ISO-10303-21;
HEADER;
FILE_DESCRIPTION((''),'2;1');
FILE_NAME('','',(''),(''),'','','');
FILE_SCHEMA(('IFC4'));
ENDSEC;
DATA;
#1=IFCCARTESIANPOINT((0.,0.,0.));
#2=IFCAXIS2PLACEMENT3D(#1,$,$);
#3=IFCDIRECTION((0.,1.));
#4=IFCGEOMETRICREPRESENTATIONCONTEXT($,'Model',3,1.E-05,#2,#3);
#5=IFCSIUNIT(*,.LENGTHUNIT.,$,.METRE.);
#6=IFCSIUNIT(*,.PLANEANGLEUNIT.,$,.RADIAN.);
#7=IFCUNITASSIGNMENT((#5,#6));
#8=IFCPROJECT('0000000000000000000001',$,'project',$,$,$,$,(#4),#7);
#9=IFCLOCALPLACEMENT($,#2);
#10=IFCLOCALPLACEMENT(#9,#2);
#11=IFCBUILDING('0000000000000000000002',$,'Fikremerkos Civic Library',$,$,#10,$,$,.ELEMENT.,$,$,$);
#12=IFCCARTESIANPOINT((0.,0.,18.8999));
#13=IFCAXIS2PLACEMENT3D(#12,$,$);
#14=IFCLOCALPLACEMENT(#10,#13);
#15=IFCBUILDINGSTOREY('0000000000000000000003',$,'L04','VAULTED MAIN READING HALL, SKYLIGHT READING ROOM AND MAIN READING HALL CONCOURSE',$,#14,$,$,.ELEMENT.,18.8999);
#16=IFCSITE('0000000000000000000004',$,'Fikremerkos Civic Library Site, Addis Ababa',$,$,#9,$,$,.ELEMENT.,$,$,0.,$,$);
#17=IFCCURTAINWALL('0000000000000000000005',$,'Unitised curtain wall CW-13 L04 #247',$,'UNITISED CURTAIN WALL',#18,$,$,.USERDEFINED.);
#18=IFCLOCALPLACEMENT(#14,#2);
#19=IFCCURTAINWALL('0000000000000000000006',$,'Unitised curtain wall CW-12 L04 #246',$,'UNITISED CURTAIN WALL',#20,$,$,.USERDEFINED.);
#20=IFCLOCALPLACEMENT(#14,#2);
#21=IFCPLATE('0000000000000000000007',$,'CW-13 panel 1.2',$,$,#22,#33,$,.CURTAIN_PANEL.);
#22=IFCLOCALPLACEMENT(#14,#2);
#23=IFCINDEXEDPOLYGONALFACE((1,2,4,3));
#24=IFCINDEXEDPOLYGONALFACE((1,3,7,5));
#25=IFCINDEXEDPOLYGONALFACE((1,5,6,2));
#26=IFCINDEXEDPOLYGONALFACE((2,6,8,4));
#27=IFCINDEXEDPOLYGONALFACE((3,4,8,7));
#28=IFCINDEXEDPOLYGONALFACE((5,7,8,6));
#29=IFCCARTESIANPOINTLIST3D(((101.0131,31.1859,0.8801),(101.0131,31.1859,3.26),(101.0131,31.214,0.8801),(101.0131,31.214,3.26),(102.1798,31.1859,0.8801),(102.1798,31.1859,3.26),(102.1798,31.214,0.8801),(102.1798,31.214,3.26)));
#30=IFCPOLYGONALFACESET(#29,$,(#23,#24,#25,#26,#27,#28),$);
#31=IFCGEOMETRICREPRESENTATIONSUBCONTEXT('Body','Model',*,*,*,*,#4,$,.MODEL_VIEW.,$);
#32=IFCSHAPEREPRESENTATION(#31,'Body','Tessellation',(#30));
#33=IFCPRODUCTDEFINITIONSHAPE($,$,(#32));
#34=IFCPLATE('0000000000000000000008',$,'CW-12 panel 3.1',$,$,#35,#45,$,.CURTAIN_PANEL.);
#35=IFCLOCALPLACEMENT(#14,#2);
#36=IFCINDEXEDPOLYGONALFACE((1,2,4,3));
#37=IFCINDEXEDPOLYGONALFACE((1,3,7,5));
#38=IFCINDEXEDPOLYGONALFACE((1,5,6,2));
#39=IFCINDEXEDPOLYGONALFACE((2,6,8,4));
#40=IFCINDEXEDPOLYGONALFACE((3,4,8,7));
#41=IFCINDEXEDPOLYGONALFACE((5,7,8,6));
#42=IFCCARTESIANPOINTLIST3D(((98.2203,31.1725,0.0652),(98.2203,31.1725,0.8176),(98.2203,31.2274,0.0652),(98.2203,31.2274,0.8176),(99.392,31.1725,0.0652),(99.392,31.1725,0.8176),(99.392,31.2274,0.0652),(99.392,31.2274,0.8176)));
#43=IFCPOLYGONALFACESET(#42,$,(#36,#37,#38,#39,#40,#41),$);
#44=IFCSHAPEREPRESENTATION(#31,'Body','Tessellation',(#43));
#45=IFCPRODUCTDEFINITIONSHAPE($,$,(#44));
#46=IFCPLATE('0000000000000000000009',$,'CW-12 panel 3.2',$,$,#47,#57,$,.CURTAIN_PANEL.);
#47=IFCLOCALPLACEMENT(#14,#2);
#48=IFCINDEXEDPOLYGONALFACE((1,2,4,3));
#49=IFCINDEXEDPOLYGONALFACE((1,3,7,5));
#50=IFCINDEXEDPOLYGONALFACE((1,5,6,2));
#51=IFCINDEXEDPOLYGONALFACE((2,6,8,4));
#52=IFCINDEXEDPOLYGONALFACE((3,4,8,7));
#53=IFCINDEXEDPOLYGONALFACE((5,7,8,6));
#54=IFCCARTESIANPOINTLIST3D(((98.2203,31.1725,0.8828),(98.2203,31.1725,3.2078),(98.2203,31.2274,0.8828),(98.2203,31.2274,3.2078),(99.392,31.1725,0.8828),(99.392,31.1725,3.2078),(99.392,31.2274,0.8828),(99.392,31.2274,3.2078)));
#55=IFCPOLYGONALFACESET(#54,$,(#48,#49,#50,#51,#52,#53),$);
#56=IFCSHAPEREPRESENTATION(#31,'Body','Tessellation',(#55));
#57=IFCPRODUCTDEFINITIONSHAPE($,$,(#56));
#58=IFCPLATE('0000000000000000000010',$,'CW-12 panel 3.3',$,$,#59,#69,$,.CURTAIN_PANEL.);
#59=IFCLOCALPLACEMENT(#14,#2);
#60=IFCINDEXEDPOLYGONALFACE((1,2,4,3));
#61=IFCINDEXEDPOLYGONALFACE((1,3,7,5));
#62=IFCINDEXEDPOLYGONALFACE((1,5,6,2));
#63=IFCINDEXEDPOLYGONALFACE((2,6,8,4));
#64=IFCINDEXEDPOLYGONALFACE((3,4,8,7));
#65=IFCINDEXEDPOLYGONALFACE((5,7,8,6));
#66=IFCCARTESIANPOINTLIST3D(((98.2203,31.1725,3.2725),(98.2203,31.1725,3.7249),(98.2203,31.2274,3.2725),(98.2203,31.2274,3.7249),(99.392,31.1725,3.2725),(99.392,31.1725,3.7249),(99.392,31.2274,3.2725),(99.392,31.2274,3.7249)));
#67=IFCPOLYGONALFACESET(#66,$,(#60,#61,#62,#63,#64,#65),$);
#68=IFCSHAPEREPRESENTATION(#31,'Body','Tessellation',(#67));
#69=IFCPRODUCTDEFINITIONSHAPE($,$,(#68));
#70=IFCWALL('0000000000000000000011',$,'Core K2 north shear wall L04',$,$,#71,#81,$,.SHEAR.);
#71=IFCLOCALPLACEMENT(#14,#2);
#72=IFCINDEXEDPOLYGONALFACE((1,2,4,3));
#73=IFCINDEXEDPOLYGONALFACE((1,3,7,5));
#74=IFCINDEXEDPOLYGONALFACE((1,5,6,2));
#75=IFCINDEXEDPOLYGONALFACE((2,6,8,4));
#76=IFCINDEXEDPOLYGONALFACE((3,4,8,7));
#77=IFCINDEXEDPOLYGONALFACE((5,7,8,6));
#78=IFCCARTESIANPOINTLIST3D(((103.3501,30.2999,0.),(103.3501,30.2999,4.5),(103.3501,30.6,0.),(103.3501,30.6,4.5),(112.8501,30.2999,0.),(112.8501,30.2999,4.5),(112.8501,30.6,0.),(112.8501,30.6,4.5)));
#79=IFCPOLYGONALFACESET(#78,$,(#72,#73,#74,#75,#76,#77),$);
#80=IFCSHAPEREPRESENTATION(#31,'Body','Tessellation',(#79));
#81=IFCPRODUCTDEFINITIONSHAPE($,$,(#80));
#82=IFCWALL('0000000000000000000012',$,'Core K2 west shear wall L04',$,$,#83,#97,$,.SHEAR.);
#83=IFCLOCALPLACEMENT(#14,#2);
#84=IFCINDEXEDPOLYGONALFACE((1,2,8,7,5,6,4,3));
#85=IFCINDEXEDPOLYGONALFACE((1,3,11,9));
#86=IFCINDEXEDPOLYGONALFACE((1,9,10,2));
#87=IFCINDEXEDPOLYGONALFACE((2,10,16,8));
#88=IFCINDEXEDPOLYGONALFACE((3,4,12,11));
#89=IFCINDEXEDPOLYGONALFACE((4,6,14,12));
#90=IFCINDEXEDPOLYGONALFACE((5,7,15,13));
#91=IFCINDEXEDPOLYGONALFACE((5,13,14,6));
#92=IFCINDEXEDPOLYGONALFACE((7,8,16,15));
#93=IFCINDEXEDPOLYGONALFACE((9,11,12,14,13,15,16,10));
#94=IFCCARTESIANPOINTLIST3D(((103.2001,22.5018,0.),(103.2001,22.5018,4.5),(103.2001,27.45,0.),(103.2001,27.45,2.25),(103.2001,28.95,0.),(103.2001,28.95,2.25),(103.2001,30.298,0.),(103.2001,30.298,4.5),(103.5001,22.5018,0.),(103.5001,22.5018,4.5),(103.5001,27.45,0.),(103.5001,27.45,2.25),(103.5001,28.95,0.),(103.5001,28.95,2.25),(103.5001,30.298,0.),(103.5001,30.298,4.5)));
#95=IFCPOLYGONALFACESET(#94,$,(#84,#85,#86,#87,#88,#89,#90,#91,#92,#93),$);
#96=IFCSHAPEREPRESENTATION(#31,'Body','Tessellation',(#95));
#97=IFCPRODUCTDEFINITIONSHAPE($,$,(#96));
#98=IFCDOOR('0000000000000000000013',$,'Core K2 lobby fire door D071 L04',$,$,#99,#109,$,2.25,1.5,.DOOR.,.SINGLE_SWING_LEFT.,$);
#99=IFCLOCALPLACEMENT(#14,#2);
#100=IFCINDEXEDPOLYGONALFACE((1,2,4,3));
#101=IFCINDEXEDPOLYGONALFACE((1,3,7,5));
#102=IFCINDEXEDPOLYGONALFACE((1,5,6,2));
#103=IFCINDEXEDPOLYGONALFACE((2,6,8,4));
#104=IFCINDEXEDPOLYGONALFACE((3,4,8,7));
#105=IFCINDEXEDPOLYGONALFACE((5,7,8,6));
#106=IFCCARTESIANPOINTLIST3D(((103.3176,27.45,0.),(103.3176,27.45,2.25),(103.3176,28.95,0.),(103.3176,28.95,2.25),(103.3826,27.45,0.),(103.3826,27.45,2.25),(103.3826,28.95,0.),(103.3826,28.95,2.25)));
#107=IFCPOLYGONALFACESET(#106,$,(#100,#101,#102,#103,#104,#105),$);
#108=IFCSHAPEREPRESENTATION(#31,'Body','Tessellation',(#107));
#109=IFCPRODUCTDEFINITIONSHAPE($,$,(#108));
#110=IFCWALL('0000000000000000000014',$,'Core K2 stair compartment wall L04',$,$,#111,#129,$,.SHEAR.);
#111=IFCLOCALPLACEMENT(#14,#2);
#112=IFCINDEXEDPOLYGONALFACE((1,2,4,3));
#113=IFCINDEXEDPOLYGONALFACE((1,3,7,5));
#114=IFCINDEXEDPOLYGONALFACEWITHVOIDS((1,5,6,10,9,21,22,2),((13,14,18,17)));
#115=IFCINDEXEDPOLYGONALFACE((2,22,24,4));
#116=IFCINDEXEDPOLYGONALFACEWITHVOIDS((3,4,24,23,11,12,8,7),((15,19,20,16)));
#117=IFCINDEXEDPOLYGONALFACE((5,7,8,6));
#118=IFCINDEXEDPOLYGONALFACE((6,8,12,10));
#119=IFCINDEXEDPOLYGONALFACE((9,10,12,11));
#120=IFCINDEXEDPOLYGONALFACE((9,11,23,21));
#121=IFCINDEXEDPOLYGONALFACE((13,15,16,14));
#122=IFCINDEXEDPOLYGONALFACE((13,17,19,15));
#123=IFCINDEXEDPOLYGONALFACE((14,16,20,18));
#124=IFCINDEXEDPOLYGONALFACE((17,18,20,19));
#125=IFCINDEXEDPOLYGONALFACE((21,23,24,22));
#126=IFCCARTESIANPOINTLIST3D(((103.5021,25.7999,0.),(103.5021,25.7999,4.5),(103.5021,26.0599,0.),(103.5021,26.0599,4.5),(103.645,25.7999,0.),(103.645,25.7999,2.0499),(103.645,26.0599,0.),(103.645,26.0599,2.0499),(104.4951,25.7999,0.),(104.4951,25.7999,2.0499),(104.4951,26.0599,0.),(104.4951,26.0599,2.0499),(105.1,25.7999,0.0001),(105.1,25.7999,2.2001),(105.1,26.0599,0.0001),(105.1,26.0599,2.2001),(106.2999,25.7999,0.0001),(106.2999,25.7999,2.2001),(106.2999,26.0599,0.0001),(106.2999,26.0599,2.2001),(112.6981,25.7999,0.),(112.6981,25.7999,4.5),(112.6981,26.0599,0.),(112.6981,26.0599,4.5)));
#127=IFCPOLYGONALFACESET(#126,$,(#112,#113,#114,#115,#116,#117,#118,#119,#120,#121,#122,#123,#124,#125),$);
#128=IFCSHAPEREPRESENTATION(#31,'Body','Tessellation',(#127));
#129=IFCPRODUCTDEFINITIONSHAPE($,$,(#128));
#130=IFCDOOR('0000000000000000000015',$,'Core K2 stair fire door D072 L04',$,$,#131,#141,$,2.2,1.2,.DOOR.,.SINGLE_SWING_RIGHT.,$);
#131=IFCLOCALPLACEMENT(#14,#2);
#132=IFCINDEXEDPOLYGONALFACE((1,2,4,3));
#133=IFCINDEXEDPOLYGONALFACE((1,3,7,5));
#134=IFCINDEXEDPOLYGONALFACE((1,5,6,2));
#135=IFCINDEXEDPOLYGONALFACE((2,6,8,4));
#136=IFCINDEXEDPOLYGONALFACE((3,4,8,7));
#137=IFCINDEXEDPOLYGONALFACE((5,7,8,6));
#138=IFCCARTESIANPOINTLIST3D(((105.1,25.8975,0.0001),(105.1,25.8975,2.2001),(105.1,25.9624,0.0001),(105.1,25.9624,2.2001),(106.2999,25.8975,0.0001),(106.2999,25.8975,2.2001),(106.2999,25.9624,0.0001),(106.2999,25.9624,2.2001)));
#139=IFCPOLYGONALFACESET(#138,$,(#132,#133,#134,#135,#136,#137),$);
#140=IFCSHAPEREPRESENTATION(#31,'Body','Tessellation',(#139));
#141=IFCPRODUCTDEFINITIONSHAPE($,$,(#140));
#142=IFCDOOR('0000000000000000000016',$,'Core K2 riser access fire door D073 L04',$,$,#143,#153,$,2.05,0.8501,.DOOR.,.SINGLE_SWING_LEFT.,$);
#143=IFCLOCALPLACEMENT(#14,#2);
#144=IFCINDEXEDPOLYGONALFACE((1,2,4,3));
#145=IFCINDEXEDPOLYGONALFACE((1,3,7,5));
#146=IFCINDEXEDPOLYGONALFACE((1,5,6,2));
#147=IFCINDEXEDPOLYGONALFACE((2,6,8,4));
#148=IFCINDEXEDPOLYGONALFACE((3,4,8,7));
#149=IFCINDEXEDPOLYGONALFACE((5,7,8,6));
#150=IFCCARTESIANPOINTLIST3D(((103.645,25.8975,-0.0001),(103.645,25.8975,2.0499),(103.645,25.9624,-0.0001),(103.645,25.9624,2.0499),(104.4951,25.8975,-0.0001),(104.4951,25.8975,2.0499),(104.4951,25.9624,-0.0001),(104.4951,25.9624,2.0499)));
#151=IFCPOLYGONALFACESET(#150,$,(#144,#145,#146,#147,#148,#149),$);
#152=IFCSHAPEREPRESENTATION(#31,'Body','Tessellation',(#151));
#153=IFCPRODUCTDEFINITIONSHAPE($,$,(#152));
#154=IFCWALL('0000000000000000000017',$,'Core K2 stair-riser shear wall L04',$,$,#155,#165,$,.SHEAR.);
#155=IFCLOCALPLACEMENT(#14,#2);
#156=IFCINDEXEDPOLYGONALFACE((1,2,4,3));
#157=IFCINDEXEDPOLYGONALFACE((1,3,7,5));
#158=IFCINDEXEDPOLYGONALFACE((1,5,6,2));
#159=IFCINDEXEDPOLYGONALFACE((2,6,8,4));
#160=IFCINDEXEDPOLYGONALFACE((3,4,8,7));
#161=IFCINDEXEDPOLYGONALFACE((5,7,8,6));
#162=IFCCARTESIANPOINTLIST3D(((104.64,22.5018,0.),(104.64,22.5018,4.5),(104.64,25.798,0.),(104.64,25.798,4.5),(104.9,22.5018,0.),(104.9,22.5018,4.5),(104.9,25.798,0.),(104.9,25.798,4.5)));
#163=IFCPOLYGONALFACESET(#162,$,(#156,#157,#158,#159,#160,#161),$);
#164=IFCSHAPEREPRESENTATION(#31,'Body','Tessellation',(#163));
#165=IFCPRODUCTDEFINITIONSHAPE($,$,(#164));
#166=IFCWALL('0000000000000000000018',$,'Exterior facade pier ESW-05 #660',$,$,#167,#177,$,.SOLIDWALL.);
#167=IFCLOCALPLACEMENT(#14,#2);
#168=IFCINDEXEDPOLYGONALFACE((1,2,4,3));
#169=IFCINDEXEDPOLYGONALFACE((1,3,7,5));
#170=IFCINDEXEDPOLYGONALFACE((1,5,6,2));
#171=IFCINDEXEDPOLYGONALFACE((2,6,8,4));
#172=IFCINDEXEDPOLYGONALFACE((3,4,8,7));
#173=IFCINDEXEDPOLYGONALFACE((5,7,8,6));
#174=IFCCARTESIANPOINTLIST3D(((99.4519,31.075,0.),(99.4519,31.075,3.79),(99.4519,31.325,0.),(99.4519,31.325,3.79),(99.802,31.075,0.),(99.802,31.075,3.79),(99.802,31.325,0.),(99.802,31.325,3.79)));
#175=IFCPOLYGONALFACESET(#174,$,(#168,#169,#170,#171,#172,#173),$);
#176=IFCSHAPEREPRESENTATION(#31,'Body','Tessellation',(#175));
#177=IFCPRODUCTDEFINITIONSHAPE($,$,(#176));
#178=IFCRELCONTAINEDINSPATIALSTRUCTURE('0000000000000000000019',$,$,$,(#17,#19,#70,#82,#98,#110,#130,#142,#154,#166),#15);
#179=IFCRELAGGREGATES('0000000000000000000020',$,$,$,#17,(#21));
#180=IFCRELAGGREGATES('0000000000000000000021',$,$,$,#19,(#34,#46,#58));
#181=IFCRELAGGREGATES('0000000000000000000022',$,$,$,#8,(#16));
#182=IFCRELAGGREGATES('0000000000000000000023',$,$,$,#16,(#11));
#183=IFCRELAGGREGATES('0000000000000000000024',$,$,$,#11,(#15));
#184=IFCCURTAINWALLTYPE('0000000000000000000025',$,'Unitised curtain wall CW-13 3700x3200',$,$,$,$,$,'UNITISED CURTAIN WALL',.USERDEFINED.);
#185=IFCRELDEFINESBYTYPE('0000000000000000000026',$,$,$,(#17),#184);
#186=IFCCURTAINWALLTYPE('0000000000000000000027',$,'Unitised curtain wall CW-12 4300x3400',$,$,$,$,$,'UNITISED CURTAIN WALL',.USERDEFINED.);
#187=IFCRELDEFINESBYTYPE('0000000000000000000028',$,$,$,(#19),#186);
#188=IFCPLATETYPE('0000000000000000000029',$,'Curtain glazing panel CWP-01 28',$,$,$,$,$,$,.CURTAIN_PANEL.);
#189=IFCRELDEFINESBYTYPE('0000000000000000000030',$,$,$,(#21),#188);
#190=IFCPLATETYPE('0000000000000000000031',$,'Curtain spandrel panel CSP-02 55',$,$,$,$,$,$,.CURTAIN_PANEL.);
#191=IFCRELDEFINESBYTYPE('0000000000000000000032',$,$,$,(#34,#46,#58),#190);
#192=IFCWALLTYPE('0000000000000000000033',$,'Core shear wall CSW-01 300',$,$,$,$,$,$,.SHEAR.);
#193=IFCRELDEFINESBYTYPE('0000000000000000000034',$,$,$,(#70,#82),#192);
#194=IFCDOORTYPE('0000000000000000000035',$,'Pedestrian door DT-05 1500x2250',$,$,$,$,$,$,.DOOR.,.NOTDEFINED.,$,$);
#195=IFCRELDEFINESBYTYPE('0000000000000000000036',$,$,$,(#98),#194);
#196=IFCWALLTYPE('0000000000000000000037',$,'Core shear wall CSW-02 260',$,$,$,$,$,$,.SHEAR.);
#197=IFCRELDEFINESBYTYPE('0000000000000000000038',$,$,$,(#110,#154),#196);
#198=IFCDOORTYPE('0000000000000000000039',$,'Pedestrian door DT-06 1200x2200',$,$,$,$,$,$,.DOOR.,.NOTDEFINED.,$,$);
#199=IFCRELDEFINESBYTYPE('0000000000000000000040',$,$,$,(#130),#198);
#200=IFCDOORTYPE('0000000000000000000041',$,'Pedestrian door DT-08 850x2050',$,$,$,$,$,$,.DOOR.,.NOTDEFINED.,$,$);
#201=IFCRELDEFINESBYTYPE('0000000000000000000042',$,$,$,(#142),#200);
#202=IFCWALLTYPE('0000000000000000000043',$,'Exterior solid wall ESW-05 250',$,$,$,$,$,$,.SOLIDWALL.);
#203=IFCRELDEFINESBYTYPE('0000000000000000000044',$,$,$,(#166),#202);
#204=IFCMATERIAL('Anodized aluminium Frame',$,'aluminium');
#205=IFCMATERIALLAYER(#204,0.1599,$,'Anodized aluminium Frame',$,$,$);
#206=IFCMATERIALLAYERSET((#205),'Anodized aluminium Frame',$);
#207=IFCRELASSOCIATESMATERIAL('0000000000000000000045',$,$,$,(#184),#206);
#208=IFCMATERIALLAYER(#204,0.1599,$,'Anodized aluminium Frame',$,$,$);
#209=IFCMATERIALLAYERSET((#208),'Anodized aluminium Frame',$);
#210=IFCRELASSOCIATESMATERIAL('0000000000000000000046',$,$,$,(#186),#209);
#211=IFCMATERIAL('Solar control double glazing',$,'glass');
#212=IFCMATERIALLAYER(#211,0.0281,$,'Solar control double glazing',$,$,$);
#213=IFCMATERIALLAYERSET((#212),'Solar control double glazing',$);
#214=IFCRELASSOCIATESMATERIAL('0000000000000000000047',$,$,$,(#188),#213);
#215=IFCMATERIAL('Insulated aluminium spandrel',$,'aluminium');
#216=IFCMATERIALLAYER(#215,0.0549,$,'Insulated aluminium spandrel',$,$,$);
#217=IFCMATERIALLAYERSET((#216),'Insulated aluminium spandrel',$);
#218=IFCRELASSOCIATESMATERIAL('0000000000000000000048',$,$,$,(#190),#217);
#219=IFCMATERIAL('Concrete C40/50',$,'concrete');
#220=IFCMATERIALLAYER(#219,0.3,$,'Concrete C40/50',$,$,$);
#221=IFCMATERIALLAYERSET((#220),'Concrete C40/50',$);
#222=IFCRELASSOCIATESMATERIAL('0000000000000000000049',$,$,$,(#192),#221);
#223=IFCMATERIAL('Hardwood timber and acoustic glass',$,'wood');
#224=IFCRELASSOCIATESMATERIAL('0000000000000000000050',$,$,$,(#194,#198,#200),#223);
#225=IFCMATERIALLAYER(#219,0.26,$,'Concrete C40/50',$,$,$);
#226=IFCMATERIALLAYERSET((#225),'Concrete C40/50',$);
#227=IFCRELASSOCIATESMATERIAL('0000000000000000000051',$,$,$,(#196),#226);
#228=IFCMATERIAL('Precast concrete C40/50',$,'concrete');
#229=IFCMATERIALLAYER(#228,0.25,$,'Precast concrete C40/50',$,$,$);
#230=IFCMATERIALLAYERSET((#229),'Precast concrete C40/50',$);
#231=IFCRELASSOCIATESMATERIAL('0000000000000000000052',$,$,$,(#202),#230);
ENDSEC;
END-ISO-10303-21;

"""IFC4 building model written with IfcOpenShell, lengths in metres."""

from ifc_helpers import new_model, si_unit, direction, frame, frame_2d, origin, origin_2d, place, context, subcontext, project, spatial, rectangle, extrude, material, layer, layer_set, type_object, element, fill, aggregate, save


model = new_model("IFC4")

# Units and contexts
model_context = context("Model", 3, precision=1e-05, world=origin(), true_north=direction((0.0, 1.0)))
body_context = subcontext(model_context, "Body", "Model", "MODEL_VIEW")
ifc_project = project(units=[si_unit("LENGTHUNIT", "METRE"), si_unit("PLANEANGLEUNIT", "RADIAN")], contexts=[model_context])

# Site, building, storey
site_placement = place(None, origin())
site = spatial("IfcSite", under=ifc_project, at=site_placement, Name="Fikremerkos Civic Library Site, Addis Ababa", CompositionType="ELEMENT", RefElevation=0.0)
building_placement = place(site_placement, origin())
building = spatial("IfcBuilding", under=site, at=building_placement, Name="Fikremerkos Civic Library", CompositionType="ELEMENT")
storey_placement = place(building_placement, frame((0.0, 0.0, 18.8999)))
storey = spatial("IfcBuildingStorey", under=building, at=storey_placement, Name="L04", Description="VAULTED MAIN READING HALL, SKYLIGHT READING ROOM AND MAIN READING HALL CONCOURSE", CompositionType="ELEMENT", Elevation=18.8999)

# Shared definitions
ifc_material_1 = material(Name="Concrete C40/50", Category="concrete")

# Curtain walls
ifc_material_2 = material(Name="Anodized aluminium Frame", Category="aluminium")
ifc_layer_1 = layer(ifc_material_2, 0.1599, Name="Anodized aluminium Frame")
ifc_layer_set_1 = layer_set([ifc_layer_1], Name="Anodized aluminium Frame")
curtain_wall_type_1 = type_object("IfcCurtainWallType", Name="Unitised curtain wall CW-13 3700x3200", ElementType="UNITISED CURTAIN WALL", PredefinedType="USERDEFINED", material=ifc_layer_set_1)
curtain_wall_1_placement = place(storey_placement, origin())
curtain_wall_1 = element("IfcCurtainWall", 1, at=curtain_wall_1_placement, inside=storey, type_object=curtain_wall_type_1, Name="Unitised curtain wall CW-13 L04 #247", ObjectType="UNITISED CURTAIN WALL", PredefinedType="USERDEFINED")
ifc_layer_2 = layer(ifc_material_2, 0.1599, Name="Anodized aluminium Frame")
ifc_layer_set_2 = layer_set([ifc_layer_2], Name="Anodized aluminium Frame")
curtain_wall_type_2 = type_object("IfcCurtainWallType", Name="Unitised curtain wall CW-12 4300x3400", ElementType="UNITISED CURTAIN WALL", PredefinedType="USERDEFINED", material=ifc_layer_set_2)
curtain_wall_2_placement = place(storey_placement, origin())
curtain_wall_2 = element("IfcCurtainWall", 2, at=curtain_wall_2_placement, inside=storey, type_object=curtain_wall_type_2, Name="Unitised curtain wall CW-12 L04 #246", ObjectType="UNITISED CURTAIN WALL", PredefinedType="USERDEFINED")

# Plates
ifc_material_3 = material(Name="Solar control double glazing", Category="glass")
ifc_layer_3 = layer(ifc_material_3, 0.0281, Name="Solar control double glazing")
ifc_layer_set_3 = layer_set([ifc_layer_3], Name="Solar control double glazing")
plate_type_1 = type_object("IfcPlateType", Name="Curtain glazing panel CWP-01 28", PredefinedType="CURTAIN_PANEL", material=ifc_layer_set_3)
plate_1_placement = place(storey_placement, frame((101.5964, 31.2, 0.8801), z_axis=(0.0, 0.0, 1.0), x_axis=(1.0, 0.0, 0.0)))
plate_1 = element("IfcPlate", 3, at=plate_1_placement, type_object=plate_type_1, Name="CW-13 panel 1.2", PredefinedType="CURTAIN_PANEL", context=body_context, shape_type="SweptSolid", body=[
    extrude(rectangle(XDim=1.1667, YDim=0.0281, at=origin_2d()), origin(), (0.0, 0.0, 1.0), 2.3799),
])
aggregate(curtain_wall_1, [plate_1])
ifc_material_4 = material(Name="Insulated aluminium spandrel", Category="aluminium")
ifc_layer_4 = layer(ifc_material_4, 0.0549, Name="Insulated aluminium spandrel")
ifc_layer_set_4 = layer_set([ifc_layer_4], Name="Insulated aluminium spandrel")
plate_type_2 = type_object("IfcPlateType", Name="Curtain spandrel panel CSP-02 55", PredefinedType="CURTAIN_PANEL", material=ifc_layer_set_4)
plate_2_placement = place(storey_placement, frame((98.8062, 31.2, 0.0652), z_axis=(0.0, 0.0, 1.0), x_axis=(1.0, 0.0, 0.0)))
plate_2 = element("IfcPlate", 4, at=plate_2_placement, type_object=plate_type_2, Name="CW-12 panel 3.1", PredefinedType="CURTAIN_PANEL", context=body_context, shape_type="SweptSolid", body=[
    extrude(rectangle(XDim=1.1716, YDim=0.0549, at=origin_2d()), origin(), (0.0, 0.0, 1.0), 0.7524),
])
plate_3_placement = place(storey_placement, frame((98.8062, 31.2, 0.8828), z_axis=(0.0, 0.0, 1.0), x_axis=(1.0, 0.0, 0.0)))
plate_3 = element("IfcPlate", 5, at=plate_3_placement, type_object=plate_type_2, Name="CW-12 panel 3.2", PredefinedType="CURTAIN_PANEL", context=body_context, shape_type="SweptSolid", body=[
    extrude(rectangle(XDim=1.1716, YDim=0.0549, at=origin_2d()), origin(), (0.0, 0.0, 1.0), 2.325),
])
plate_4_placement = place(storey_placement, frame((98.8062, 31.2, 3.2725), z_axis=(0.0, 0.0, 1.0), x_axis=(1.0, 0.0, 0.0)))
plate_4 = element("IfcPlate", 6, at=plate_4_placement, type_object=plate_type_2, Name="CW-12 panel 3.3", PredefinedType="CURTAIN_PANEL", context=body_context, shape_type="SweptSolid", body=[
    extrude(rectangle(XDim=1.1716, YDim=0.0549, at=origin_2d()), origin(), (0.0, 0.0, 1.0), 0.4524),
])
aggregate(curtain_wall_2, [plate_2, plate_3, plate_4])

# Wall
ifc_layer_5 = layer(ifc_material_1, 0.3, Name="Concrete C40/50")
ifc_layer_set_5 = layer_set([ifc_layer_5], Name="Concrete C40/50")
wall_type_1 = type_object("IfcWallType", Name="Core shear wall CSW-01 300", PredefinedType="SHEAR", material=ifc_layer_set_5)
wall_1_placement = place(storey_placement, frame((103.3501, 30.45, 0.0), z_axis=(0.0, 0.0, 1.0), x_axis=(1.0, 0.0, 0.0)))
element("IfcWall", 7, at=wall_1_placement, inside=storey, type_object=wall_type_1, Name="Core K2 north shear wall L04", PredefinedType="SHEAR", context=body_context, shape_type="SweptSolid", body=[
    extrude(rectangle(XDim=9.5, YDim=0.3, at=frame_2d((4.75, 0.0))), origin(), (0.0, 0.0, 1.0), 4.5),
])

# Wall, opening, door
wall_2_placement = place(storey_placement, frame((103.3501, 22.502, 0.0), z_axis=(0.0, 0.0, 1.0), x_axis=(0.0, 1.0, 0.0)))
wall_2 = element("IfcWall", 8, at=wall_2_placement, inside=storey, type_object=wall_type_1, Name="Core K2 west shear wall L04", PredefinedType="SHEAR", context=body_context, shape_type="SweptSolid", body=[
    extrude(rectangle(XDim=7.7961, YDim=0.3, at=frame_2d((3.8979, 0.0))), origin(), (0.0, 0.0, 1.0), 4.5),
])
opening_1_placement = place(wall_2_placement, frame((4.948, 0.0, 0.0)))
opening_1 = element("IfcOpeningElement", 9, at=opening_1_placement, cuts=wall_2, PredefinedType="OPENING", context=body_context, shape_type="SweptSolid", body=[
    extrude(rectangle(XDim=1.5, YDim=2.25, at=frame_2d((0.75, 1.125))), frame((0.0, 0.1599, 0.0), z_axis=(0.0, -1.0, 0.0), x_axis=(1.0, 0.0, 0.0)), (0.0, 0.0, 1.0), 0.3201),
])
ifc_material_5 = material(Name="Hardwood timber and acoustic glass", Category="wood")
door_type_1 = type_object("IfcDoorType", Name="Pedestrian door DT-05 1500x2250", OperationType="NOTDEFINED", PredefinedType="DOOR", material=ifc_material_5)
door_1_placement = place(opening_1_placement, origin())
door_1 = element("IfcDoor", 10, at=door_1_placement, inside=storey, type_object=door_type_1, Name="Core K2 lobby fire door D071 L04", OperationType="SINGLE_SWING_LEFT", OverallHeight=2.25, OverallWidth=1.5, PredefinedType="DOOR", context=body_context, shape_type="SweptSolid", body=[
    extrude(rectangle(XDim=1.5, YDim=2.25, at=frame_2d((0.75, 1.125))), frame((0.0, 0.0325, 0.0), z_axis=(0.0, -1.0, 0.0), x_axis=(1.0, 0.0, 0.0)), (0.0, 0.0, 1.0), 0.0649),
])
fill(opening_1, door_1)

# Wall, openings, doors
ifc_layer_6 = layer(ifc_material_1, 0.26, Name="Concrete C40/50")
ifc_layer_set_6 = layer_set([ifc_layer_6], Name="Concrete C40/50")
wall_type_2 = type_object("IfcWallType", Name="Core shear wall CSW-02 260", PredefinedType="SHEAR", material=ifc_layer_set_6)
wall_3_placement = place(storey_placement, frame((103.502, 25.9299, 0.0), z_axis=(0.0, 0.0, 1.0), x_axis=(1.0, 0.0, 0.0)))
wall_3 = element("IfcWall", 11, at=wall_3_placement, inside=storey, type_object=wall_type_2, Name="Core K2 stair compartment wall L04", PredefinedType="SHEAR", context=body_context, shape_type="SweptSolid", body=[
    extrude(rectangle(XDim=9.196, YDim=0.26, at=frame_2d((4.5981, 0.0))), origin(), (0.0, 0.0, 1.0), 4.5),
])
opening_2_placement = place(wall_3_placement, frame((1.5979, 0.0, 0.0)))
opening_2 = element("IfcOpeningElement", 12, at=opening_2_placement, cuts=wall_3, PredefinedType="OPENING", context=body_context, shape_type="SweptSolid", body=[
    extrude(rectangle(XDim=1.2, YDim=2.2, at=frame_2d((0.6001, 1.1001))), frame((0.0, 0.1399, 0.0), z_axis=(0.0, -1.0, 0.0), x_axis=(1.0, 0.0, 0.0)), (0.0, 0.0, 1.0), 0.28),
])
opening_3_placement = place(wall_3_placement, frame((0.1431, 0.0, 0.0)))
opening_3 = element("IfcOpeningElement", 13, at=opening_3_placement, cuts=wall_3, PredefinedType="OPENING", context=body_context, shape_type="SweptSolid", body=[
    extrude(rectangle(XDim=0.8501, YDim=2.05, at=frame_2d((0.425, 1.0249))), frame((0.0, 0.1399, 0.0), z_axis=(0.0, -1.0, 0.0), x_axis=(1.0, 0.0, 0.0)), (0.0, 0.0, 1.0), 0.28),
])
door_type_2 = type_object("IfcDoorType", Name="Pedestrian door DT-06 1200x2200", OperationType="NOTDEFINED", PredefinedType="DOOR", material=ifc_material_5)
door_2_placement = place(opening_2_placement, origin())
door_2 = element("IfcDoor", 14, at=door_2_placement, inside=storey, type_object=door_type_2, Name="Core K2 stair fire door D072 L04", OperationType="SINGLE_SWING_RIGHT", OverallHeight=2.2, OverallWidth=1.2, PredefinedType="DOOR", context=body_context, shape_type="SweptSolid", body=[
    extrude(rectangle(XDim=1.2, YDim=2.2, at=frame_2d((0.6001, 1.1001))), frame((0.0, 0.0325, 0.0), z_axis=(0.0, -1.0, 0.0), x_axis=(1.0, 0.0, 0.0)), (0.0, 0.0, 1.0), 0.0649),
])
fill(opening_2, door_2)
door_type_3 = type_object("IfcDoorType", Name="Pedestrian door DT-08 850x2050", OperationType="NOTDEFINED", PredefinedType="DOOR", material=ifc_material_5)
door_3_placement = place(opening_3_placement, origin())
door_3 = element("IfcDoor", 15, at=door_3_placement, inside=storey, type_object=door_type_3, Name="Core K2 riser access fire door D073 L04", OperationType="SINGLE_SWING_LEFT", OverallHeight=2.05, OverallWidth=0.8501, PredefinedType="DOOR", context=body_context, shape_type="SweptSolid", body=[
    extrude(rectangle(XDim=0.8501, YDim=2.05, at=frame_2d((0.425, 1.0249))), frame((0.0, 0.0325, 0.0), z_axis=(0.0, -1.0, 0.0), x_axis=(1.0, 0.0, 0.0)), (0.0, 0.0, 1.0), 0.0649),
])
fill(opening_3, door_3)

# Walls
wall_4_placement = place(storey_placement, frame((104.77, 22.502, 0.0), z_axis=(0.0, 0.0, 1.0), x_axis=(0.0, 1.0, 0.0)))
element("IfcWall", 16, at=wall_4_placement, inside=storey, type_object=wall_type_2, Name="Core K2 stair-riser shear wall L04", PredefinedType="SHEAR", context=body_context, shape_type="SweptSolid", body=[
    extrude(rectangle(XDim=3.2961, YDim=0.26, at=frame_2d((1.6479, 0.0))), origin(), (0.0, 0.0, 1.0), 4.5),
])
ifc_material_6 = material(Name="Precast concrete C40/50", Category="concrete")
ifc_layer_7 = layer(ifc_material_6, 0.25, Name="Precast concrete C40/50")
ifc_layer_set_7 = layer_set([ifc_layer_7], Name="Precast concrete C40/50")
wall_type_3 = type_object("IfcWallType", Name="Exterior solid wall ESW-05 250", PredefinedType="SOLIDWALL", material=ifc_layer_set_7)
wall_5_placement = place(storey_placement, frame((99.4519, 31.2, 0.0), z_axis=(0.0, 0.0, 1.0), x_axis=(1.0, 0.0, 0.0)))
element("IfcWall", 17, at=wall_5_placement, inside=storey, type_object=wall_type_3, Name="Exterior facade pier ESW-05 #660", PredefinedType="SOLIDWALL", context=body_context, shape_type="SweptSolid", body=[
    extrude(rectangle(XDim=0.3501, YDim=0.25, at=frame_2d((0.175, 0.0))), origin(), (0.0, 0.0, 1.0), 3.79),
])

save(model, "model.ifc")
